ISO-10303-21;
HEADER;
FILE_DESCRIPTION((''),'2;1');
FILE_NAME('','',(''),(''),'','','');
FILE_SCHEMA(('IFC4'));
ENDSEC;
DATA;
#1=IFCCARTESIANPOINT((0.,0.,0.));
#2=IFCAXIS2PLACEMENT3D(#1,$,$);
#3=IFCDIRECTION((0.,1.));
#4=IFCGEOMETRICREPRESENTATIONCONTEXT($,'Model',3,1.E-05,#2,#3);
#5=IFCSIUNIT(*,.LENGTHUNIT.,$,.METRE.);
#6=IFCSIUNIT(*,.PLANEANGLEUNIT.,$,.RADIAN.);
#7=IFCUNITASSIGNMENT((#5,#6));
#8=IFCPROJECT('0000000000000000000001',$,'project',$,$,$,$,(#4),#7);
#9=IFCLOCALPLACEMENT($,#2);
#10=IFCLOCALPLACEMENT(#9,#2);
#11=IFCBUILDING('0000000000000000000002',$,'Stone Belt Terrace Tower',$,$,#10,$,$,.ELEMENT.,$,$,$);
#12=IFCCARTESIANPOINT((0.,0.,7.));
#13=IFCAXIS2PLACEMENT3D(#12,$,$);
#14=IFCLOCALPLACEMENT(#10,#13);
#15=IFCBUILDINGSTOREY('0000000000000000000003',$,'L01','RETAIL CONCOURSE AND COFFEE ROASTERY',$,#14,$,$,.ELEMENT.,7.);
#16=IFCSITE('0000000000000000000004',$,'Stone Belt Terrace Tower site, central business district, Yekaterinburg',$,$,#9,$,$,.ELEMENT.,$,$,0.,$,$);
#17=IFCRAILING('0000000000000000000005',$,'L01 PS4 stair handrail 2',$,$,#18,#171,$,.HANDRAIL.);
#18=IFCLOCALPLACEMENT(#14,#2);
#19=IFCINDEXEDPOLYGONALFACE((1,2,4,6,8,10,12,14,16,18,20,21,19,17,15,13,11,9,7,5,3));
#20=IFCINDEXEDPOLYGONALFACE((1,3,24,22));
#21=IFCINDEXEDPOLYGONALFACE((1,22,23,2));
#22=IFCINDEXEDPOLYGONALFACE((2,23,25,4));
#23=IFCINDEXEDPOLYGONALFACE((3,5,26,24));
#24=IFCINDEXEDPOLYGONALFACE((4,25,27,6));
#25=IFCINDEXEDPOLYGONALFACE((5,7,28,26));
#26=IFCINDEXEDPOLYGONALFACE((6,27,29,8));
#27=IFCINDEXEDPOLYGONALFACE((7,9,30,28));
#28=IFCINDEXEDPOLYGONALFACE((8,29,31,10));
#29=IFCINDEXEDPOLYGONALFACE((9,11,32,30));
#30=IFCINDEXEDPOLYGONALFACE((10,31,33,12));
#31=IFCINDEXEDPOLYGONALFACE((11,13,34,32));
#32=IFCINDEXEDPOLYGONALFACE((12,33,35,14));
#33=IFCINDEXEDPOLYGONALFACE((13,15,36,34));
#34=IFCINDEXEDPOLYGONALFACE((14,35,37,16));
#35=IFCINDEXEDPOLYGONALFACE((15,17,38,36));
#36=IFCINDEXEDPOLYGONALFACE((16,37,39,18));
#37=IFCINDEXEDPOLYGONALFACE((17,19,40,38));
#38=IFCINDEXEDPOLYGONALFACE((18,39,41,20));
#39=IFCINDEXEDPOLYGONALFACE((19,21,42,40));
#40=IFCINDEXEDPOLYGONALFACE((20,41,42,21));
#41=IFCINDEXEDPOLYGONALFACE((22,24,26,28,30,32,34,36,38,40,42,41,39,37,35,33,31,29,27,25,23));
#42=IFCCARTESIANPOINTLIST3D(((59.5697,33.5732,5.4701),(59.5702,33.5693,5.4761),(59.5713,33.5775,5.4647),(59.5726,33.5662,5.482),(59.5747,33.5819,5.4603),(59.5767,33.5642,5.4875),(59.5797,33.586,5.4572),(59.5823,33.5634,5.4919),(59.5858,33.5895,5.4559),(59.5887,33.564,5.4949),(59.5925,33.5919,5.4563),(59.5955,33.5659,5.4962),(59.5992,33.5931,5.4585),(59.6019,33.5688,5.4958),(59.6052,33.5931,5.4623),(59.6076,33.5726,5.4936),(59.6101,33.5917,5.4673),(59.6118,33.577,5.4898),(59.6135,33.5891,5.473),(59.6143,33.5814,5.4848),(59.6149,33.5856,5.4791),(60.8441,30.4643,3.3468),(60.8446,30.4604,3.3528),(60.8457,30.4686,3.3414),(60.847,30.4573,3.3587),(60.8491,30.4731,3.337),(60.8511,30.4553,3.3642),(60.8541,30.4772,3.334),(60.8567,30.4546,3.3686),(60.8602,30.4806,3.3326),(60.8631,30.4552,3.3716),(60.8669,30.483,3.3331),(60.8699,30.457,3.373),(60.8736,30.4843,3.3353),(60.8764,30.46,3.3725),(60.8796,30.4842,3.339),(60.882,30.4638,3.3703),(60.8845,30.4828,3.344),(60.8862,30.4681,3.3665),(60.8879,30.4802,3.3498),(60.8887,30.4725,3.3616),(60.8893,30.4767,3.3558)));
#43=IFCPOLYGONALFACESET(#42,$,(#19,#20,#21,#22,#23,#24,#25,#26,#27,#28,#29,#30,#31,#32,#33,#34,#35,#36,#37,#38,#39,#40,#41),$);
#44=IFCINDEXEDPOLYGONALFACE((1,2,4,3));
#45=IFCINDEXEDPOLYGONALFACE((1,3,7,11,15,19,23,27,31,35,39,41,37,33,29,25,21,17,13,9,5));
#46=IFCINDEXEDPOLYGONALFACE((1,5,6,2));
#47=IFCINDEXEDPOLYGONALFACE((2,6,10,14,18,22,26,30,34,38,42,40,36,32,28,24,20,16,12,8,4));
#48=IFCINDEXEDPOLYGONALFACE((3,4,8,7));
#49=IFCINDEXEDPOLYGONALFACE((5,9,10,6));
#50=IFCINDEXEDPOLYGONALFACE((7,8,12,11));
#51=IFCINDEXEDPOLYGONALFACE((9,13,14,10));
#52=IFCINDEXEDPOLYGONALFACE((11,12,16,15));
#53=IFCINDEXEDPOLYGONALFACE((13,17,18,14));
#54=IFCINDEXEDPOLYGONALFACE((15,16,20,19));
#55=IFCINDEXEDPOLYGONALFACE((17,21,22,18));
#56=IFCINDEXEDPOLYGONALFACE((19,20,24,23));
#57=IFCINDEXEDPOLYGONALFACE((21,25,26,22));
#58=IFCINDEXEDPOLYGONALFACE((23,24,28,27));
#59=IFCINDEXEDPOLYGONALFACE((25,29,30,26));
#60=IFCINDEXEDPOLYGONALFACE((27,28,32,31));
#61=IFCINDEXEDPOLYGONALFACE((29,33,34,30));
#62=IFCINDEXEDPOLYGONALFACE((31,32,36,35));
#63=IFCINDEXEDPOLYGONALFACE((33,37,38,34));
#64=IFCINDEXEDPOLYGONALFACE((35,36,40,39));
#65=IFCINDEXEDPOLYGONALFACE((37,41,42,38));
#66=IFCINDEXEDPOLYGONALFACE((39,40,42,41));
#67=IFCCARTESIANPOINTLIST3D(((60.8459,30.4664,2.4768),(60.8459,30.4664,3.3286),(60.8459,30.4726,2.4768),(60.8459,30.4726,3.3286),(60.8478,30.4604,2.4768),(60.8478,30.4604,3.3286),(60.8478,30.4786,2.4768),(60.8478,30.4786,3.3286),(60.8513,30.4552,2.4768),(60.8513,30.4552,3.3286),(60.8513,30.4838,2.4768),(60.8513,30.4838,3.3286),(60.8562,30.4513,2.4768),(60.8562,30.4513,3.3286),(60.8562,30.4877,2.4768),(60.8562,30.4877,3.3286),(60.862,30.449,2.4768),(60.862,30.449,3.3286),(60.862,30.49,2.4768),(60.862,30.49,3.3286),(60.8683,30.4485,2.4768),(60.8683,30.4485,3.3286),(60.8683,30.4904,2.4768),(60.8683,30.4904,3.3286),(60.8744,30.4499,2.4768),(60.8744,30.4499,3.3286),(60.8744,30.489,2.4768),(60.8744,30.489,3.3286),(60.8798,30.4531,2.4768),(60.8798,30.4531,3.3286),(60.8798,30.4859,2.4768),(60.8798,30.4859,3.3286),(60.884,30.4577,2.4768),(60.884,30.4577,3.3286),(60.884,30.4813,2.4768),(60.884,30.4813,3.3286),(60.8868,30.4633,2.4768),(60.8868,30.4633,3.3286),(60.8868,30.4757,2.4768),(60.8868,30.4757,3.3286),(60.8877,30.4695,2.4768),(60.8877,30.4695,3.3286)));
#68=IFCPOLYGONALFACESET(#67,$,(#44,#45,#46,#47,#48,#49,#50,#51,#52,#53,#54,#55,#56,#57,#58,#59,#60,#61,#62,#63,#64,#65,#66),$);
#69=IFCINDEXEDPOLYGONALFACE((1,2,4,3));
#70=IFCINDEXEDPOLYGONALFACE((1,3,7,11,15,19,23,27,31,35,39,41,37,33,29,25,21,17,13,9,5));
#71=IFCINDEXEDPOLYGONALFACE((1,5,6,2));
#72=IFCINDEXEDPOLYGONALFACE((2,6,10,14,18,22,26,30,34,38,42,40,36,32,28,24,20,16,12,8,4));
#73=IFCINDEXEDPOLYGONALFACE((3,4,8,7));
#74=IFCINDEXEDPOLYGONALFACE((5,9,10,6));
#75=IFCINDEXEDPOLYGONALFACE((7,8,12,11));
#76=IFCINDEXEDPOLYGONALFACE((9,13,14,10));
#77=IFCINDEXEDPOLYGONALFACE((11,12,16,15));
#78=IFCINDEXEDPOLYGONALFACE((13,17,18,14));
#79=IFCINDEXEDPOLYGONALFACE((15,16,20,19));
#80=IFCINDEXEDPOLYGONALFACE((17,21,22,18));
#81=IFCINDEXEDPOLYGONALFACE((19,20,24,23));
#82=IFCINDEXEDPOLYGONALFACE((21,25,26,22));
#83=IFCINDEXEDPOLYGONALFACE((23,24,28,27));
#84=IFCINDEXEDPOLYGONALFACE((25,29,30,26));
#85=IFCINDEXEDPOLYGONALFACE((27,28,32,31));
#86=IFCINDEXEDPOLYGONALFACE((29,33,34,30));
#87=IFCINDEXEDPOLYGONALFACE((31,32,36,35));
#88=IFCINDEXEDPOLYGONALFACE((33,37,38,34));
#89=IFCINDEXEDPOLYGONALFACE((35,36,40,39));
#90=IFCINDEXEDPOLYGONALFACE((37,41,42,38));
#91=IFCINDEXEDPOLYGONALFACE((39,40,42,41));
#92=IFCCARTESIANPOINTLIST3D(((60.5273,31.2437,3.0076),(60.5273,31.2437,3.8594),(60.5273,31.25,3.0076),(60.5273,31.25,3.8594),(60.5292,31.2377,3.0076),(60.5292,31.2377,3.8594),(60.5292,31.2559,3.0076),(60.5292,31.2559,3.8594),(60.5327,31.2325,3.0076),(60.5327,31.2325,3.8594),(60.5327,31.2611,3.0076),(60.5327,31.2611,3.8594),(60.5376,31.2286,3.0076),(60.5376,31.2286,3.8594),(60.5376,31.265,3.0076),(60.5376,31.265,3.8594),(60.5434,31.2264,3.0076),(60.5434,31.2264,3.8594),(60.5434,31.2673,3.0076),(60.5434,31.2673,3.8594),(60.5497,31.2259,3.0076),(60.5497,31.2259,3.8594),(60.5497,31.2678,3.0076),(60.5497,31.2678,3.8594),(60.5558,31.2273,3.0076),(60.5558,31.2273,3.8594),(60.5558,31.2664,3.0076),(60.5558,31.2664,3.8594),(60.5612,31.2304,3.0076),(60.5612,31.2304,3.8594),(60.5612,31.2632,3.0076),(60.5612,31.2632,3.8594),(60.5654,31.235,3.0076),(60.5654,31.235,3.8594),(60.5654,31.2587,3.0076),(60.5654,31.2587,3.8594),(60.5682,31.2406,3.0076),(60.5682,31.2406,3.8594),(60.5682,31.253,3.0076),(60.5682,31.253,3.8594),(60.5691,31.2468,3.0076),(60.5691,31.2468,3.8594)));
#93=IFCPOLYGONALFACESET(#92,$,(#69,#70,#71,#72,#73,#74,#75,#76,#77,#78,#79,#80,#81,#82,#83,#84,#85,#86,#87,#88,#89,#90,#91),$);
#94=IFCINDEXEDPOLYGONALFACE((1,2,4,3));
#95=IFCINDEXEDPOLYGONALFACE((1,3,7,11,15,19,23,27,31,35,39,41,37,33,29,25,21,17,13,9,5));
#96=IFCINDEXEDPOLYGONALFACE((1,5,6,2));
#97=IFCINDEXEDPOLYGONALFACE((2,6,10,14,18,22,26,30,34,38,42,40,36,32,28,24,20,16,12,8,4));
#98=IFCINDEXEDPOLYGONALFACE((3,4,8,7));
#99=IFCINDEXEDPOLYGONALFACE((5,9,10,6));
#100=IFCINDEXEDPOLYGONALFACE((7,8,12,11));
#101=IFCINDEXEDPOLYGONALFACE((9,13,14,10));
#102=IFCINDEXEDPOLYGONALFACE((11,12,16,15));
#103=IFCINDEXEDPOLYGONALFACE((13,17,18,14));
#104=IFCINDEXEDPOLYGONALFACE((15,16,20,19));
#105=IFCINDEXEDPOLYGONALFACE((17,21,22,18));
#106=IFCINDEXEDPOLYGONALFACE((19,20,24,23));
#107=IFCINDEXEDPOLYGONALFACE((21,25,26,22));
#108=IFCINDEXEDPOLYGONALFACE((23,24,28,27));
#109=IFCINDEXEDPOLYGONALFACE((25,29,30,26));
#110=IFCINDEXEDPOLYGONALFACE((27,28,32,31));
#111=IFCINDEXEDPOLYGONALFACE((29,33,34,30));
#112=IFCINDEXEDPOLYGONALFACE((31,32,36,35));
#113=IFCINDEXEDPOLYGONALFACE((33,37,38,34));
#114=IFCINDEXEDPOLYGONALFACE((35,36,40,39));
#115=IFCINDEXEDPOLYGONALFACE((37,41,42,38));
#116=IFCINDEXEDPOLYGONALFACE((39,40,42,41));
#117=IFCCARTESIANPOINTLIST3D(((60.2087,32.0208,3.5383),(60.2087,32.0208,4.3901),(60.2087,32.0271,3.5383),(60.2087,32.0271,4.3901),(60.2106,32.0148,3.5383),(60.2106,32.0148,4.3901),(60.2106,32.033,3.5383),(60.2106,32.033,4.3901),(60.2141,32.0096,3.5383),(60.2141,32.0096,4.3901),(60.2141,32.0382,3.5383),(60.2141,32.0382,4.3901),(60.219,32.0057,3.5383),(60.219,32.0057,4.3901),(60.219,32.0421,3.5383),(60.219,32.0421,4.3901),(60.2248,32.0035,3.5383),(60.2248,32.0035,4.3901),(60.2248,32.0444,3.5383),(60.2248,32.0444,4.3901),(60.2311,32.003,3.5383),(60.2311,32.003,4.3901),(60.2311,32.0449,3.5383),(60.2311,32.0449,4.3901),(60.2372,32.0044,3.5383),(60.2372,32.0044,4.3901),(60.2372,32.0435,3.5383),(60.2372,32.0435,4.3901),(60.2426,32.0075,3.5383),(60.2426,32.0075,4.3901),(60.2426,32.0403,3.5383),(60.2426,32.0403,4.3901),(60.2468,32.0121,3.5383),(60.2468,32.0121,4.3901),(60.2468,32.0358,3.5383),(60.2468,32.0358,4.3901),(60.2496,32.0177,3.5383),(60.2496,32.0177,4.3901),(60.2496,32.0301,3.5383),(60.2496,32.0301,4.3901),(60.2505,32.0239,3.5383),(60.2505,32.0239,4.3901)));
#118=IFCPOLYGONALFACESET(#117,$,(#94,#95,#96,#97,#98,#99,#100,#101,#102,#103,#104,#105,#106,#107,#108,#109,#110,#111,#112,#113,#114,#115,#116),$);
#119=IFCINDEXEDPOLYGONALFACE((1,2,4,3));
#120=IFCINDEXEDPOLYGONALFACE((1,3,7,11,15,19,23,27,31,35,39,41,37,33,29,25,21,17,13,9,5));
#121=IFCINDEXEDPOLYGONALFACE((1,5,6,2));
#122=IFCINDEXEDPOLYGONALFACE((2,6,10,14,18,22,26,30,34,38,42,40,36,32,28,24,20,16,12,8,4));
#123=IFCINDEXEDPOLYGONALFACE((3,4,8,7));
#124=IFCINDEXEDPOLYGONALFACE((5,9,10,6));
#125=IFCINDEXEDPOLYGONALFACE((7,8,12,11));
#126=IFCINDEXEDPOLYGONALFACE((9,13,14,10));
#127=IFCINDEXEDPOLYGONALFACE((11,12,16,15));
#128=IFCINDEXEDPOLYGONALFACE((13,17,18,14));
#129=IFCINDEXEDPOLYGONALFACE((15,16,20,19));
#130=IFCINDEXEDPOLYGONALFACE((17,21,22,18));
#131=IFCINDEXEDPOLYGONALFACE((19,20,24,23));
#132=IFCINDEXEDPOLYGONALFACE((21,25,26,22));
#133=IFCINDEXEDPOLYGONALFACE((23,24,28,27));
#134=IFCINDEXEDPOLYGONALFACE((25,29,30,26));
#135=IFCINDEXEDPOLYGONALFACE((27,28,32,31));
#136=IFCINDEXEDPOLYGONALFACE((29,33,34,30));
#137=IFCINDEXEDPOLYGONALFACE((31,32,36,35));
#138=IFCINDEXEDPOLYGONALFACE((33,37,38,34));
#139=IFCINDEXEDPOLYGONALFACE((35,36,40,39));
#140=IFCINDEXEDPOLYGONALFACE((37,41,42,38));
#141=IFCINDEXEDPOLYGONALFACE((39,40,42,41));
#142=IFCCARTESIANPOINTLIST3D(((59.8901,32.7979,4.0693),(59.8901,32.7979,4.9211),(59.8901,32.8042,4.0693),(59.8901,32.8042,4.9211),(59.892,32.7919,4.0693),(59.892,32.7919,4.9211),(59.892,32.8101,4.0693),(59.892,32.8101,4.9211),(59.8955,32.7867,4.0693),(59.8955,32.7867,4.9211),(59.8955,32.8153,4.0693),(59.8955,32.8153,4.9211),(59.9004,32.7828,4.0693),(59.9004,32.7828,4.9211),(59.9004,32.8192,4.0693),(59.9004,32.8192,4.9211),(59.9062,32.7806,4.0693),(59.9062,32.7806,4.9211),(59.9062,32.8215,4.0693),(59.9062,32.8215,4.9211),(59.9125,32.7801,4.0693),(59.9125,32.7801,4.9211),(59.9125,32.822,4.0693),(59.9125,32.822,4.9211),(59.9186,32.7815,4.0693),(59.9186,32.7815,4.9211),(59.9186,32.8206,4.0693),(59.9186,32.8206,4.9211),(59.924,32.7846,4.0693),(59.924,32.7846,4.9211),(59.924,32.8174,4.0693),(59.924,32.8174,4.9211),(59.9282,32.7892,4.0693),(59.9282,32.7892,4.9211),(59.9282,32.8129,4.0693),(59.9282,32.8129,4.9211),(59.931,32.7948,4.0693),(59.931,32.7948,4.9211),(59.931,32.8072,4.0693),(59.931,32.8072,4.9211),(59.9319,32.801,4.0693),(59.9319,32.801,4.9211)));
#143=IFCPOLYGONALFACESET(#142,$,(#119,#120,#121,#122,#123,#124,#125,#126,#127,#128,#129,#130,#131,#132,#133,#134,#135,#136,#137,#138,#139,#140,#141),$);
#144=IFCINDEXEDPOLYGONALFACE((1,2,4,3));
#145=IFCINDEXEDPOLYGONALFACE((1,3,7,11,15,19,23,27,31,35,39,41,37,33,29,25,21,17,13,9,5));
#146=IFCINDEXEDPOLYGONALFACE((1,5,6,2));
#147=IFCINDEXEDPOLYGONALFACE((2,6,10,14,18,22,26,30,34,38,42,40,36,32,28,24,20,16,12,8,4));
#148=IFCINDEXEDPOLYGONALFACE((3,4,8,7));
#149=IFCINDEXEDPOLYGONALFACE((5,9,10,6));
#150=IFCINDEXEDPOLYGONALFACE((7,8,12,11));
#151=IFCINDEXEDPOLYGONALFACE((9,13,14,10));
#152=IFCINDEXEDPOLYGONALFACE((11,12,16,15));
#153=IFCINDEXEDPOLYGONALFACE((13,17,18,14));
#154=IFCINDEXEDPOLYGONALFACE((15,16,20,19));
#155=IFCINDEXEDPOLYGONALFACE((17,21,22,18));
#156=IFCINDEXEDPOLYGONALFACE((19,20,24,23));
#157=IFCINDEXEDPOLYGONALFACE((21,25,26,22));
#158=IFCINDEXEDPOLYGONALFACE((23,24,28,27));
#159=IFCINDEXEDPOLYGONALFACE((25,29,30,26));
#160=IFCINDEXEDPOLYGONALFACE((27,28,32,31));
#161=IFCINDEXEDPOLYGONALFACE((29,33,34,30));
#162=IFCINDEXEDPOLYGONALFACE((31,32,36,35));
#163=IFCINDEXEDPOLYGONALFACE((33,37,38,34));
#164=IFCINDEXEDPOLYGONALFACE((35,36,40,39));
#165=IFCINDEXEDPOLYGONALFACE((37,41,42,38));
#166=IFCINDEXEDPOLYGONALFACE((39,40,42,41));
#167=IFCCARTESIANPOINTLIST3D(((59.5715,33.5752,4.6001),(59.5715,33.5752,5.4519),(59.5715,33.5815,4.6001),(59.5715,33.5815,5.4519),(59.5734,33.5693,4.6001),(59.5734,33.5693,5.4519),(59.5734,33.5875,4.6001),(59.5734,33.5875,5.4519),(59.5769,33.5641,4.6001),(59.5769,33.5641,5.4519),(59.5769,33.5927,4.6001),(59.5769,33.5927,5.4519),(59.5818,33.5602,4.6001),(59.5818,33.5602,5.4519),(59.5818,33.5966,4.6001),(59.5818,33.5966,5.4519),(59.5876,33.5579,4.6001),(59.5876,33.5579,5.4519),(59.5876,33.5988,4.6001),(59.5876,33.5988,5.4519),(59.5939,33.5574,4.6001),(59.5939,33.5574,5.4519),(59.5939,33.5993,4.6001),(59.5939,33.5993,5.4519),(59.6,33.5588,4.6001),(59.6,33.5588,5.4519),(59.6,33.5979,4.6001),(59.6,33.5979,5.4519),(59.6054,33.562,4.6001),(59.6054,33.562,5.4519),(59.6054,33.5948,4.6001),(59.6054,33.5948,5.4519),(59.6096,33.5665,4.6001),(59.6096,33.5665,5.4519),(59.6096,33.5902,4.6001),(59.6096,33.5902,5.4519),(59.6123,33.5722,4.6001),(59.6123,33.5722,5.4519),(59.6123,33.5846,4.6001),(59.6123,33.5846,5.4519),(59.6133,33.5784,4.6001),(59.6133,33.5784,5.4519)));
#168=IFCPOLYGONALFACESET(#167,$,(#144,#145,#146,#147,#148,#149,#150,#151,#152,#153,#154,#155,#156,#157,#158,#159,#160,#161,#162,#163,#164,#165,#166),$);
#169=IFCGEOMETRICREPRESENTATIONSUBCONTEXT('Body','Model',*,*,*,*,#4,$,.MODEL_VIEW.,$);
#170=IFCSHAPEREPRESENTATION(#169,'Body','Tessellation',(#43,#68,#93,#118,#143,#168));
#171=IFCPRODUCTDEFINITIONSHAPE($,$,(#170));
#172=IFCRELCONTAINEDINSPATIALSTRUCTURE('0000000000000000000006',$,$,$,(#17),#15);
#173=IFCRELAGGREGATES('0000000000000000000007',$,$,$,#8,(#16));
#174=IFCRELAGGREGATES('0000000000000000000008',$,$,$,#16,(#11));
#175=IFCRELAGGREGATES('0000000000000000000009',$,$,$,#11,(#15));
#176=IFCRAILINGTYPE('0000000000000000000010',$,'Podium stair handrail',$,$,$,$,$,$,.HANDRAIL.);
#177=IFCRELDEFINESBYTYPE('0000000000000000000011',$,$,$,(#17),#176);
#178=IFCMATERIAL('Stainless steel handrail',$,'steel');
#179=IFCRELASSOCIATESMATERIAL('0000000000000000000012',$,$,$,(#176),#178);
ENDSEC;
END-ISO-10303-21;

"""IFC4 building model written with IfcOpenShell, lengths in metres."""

from ifc_helpers import new_model, si_unit, direction, frame, origin, origin_2d, place, context, subcontext, project, spatial, circle, extrude, material, type_object, element, save


model = new_model("IFC4")

# Units and contexts
model_context = context("Model", 3, precision=1e-05, world=origin(), true_north=direction((0.0, 1.0)))
body_context = subcontext(model_context, "Body", "Model", "MODEL_VIEW")
ifc_project = project(units=[si_unit("LENGTHUNIT", "METRE"), si_unit("PLANEANGLEUNIT", "RADIAN")], contexts=[model_context])

# Site, building, storey
site_placement = place(None, origin())
site = spatial("IfcSite", under=ifc_project, at=site_placement, Name="Stone Belt Terrace Tower site, central business district, Yekaterinburg", CompositionType="ELEMENT", RefElevation=0.0)
building_placement = place(site_placement, origin())
building = spatial("IfcBuilding", under=site, at=building_placement, Name="Stone Belt Terrace Tower", CompositionType="ELEMENT")
storey_placement = place(building_placement, frame((0.0, 0.0, 7.0)))
storey = spatial("IfcBuildingStorey", under=building, at=storey_placement, Name="L01", Description="RETAIL CONCOURSE AND COFFEE ROASTERY", CompositionType="ELEMENT", Elevation=7.0)

# Railing
ifc_material_1 = material(Name="Stainless steel handrail", Category="steel")
railing_type_1 = type_object("IfcRailingType", Name="Podium stair handrail", PredefinedType="HANDRAIL", material=ifc_material_1)
railing_1_placement = place(storey_placement, frame((60.8667, 30.4695, 2.4768)))
element("IfcRailing", 1, at=railing_1_placement, inside=storey, type_object=railing_type_1, Name="L01 PS4 stair handrail 2", PredefinedType="HANDRAIL", context=body_context, shape_type="SweptSolid", body=[
    extrude(circle(Radius=0.0239, at=origin_2d()), frame((0.0, 0.0, 0.876), z_axis=(-0.320637, 0.782183, 0.534211), x_axis=(-0.925276, -0.379295, 0.0)), (0.0, 0.0, 1.0), 3.9746),
    extrude(circle(Radius=0.021, at=origin_2d()), origin(), (0.0, 0.0, 1.0), 0.8518),
    extrude(circle(Radius=0.021, at=origin_2d()), frame((-0.3186, 0.7773, 0.5308)), (0.0, 0.0, 1.0), 0.8518),
    extrude(circle(Radius=0.021, at=origin_2d()), frame((-0.6372, 1.5544, 1.0615)), (0.0, 0.0, 1.0), 0.8518),
    extrude(circle(Radius=0.021, at=origin_2d()), frame((-0.9558, 2.3315, 1.5925)), (0.0, 0.0, 1.0), 0.8518),
    extrude(circle(Radius=0.021, at=origin_2d()), frame((-1.2744, 3.1089, 2.1233)), (0.0, 0.0, 1.0), 0.8518),
])

save(model, "model.ifc")
